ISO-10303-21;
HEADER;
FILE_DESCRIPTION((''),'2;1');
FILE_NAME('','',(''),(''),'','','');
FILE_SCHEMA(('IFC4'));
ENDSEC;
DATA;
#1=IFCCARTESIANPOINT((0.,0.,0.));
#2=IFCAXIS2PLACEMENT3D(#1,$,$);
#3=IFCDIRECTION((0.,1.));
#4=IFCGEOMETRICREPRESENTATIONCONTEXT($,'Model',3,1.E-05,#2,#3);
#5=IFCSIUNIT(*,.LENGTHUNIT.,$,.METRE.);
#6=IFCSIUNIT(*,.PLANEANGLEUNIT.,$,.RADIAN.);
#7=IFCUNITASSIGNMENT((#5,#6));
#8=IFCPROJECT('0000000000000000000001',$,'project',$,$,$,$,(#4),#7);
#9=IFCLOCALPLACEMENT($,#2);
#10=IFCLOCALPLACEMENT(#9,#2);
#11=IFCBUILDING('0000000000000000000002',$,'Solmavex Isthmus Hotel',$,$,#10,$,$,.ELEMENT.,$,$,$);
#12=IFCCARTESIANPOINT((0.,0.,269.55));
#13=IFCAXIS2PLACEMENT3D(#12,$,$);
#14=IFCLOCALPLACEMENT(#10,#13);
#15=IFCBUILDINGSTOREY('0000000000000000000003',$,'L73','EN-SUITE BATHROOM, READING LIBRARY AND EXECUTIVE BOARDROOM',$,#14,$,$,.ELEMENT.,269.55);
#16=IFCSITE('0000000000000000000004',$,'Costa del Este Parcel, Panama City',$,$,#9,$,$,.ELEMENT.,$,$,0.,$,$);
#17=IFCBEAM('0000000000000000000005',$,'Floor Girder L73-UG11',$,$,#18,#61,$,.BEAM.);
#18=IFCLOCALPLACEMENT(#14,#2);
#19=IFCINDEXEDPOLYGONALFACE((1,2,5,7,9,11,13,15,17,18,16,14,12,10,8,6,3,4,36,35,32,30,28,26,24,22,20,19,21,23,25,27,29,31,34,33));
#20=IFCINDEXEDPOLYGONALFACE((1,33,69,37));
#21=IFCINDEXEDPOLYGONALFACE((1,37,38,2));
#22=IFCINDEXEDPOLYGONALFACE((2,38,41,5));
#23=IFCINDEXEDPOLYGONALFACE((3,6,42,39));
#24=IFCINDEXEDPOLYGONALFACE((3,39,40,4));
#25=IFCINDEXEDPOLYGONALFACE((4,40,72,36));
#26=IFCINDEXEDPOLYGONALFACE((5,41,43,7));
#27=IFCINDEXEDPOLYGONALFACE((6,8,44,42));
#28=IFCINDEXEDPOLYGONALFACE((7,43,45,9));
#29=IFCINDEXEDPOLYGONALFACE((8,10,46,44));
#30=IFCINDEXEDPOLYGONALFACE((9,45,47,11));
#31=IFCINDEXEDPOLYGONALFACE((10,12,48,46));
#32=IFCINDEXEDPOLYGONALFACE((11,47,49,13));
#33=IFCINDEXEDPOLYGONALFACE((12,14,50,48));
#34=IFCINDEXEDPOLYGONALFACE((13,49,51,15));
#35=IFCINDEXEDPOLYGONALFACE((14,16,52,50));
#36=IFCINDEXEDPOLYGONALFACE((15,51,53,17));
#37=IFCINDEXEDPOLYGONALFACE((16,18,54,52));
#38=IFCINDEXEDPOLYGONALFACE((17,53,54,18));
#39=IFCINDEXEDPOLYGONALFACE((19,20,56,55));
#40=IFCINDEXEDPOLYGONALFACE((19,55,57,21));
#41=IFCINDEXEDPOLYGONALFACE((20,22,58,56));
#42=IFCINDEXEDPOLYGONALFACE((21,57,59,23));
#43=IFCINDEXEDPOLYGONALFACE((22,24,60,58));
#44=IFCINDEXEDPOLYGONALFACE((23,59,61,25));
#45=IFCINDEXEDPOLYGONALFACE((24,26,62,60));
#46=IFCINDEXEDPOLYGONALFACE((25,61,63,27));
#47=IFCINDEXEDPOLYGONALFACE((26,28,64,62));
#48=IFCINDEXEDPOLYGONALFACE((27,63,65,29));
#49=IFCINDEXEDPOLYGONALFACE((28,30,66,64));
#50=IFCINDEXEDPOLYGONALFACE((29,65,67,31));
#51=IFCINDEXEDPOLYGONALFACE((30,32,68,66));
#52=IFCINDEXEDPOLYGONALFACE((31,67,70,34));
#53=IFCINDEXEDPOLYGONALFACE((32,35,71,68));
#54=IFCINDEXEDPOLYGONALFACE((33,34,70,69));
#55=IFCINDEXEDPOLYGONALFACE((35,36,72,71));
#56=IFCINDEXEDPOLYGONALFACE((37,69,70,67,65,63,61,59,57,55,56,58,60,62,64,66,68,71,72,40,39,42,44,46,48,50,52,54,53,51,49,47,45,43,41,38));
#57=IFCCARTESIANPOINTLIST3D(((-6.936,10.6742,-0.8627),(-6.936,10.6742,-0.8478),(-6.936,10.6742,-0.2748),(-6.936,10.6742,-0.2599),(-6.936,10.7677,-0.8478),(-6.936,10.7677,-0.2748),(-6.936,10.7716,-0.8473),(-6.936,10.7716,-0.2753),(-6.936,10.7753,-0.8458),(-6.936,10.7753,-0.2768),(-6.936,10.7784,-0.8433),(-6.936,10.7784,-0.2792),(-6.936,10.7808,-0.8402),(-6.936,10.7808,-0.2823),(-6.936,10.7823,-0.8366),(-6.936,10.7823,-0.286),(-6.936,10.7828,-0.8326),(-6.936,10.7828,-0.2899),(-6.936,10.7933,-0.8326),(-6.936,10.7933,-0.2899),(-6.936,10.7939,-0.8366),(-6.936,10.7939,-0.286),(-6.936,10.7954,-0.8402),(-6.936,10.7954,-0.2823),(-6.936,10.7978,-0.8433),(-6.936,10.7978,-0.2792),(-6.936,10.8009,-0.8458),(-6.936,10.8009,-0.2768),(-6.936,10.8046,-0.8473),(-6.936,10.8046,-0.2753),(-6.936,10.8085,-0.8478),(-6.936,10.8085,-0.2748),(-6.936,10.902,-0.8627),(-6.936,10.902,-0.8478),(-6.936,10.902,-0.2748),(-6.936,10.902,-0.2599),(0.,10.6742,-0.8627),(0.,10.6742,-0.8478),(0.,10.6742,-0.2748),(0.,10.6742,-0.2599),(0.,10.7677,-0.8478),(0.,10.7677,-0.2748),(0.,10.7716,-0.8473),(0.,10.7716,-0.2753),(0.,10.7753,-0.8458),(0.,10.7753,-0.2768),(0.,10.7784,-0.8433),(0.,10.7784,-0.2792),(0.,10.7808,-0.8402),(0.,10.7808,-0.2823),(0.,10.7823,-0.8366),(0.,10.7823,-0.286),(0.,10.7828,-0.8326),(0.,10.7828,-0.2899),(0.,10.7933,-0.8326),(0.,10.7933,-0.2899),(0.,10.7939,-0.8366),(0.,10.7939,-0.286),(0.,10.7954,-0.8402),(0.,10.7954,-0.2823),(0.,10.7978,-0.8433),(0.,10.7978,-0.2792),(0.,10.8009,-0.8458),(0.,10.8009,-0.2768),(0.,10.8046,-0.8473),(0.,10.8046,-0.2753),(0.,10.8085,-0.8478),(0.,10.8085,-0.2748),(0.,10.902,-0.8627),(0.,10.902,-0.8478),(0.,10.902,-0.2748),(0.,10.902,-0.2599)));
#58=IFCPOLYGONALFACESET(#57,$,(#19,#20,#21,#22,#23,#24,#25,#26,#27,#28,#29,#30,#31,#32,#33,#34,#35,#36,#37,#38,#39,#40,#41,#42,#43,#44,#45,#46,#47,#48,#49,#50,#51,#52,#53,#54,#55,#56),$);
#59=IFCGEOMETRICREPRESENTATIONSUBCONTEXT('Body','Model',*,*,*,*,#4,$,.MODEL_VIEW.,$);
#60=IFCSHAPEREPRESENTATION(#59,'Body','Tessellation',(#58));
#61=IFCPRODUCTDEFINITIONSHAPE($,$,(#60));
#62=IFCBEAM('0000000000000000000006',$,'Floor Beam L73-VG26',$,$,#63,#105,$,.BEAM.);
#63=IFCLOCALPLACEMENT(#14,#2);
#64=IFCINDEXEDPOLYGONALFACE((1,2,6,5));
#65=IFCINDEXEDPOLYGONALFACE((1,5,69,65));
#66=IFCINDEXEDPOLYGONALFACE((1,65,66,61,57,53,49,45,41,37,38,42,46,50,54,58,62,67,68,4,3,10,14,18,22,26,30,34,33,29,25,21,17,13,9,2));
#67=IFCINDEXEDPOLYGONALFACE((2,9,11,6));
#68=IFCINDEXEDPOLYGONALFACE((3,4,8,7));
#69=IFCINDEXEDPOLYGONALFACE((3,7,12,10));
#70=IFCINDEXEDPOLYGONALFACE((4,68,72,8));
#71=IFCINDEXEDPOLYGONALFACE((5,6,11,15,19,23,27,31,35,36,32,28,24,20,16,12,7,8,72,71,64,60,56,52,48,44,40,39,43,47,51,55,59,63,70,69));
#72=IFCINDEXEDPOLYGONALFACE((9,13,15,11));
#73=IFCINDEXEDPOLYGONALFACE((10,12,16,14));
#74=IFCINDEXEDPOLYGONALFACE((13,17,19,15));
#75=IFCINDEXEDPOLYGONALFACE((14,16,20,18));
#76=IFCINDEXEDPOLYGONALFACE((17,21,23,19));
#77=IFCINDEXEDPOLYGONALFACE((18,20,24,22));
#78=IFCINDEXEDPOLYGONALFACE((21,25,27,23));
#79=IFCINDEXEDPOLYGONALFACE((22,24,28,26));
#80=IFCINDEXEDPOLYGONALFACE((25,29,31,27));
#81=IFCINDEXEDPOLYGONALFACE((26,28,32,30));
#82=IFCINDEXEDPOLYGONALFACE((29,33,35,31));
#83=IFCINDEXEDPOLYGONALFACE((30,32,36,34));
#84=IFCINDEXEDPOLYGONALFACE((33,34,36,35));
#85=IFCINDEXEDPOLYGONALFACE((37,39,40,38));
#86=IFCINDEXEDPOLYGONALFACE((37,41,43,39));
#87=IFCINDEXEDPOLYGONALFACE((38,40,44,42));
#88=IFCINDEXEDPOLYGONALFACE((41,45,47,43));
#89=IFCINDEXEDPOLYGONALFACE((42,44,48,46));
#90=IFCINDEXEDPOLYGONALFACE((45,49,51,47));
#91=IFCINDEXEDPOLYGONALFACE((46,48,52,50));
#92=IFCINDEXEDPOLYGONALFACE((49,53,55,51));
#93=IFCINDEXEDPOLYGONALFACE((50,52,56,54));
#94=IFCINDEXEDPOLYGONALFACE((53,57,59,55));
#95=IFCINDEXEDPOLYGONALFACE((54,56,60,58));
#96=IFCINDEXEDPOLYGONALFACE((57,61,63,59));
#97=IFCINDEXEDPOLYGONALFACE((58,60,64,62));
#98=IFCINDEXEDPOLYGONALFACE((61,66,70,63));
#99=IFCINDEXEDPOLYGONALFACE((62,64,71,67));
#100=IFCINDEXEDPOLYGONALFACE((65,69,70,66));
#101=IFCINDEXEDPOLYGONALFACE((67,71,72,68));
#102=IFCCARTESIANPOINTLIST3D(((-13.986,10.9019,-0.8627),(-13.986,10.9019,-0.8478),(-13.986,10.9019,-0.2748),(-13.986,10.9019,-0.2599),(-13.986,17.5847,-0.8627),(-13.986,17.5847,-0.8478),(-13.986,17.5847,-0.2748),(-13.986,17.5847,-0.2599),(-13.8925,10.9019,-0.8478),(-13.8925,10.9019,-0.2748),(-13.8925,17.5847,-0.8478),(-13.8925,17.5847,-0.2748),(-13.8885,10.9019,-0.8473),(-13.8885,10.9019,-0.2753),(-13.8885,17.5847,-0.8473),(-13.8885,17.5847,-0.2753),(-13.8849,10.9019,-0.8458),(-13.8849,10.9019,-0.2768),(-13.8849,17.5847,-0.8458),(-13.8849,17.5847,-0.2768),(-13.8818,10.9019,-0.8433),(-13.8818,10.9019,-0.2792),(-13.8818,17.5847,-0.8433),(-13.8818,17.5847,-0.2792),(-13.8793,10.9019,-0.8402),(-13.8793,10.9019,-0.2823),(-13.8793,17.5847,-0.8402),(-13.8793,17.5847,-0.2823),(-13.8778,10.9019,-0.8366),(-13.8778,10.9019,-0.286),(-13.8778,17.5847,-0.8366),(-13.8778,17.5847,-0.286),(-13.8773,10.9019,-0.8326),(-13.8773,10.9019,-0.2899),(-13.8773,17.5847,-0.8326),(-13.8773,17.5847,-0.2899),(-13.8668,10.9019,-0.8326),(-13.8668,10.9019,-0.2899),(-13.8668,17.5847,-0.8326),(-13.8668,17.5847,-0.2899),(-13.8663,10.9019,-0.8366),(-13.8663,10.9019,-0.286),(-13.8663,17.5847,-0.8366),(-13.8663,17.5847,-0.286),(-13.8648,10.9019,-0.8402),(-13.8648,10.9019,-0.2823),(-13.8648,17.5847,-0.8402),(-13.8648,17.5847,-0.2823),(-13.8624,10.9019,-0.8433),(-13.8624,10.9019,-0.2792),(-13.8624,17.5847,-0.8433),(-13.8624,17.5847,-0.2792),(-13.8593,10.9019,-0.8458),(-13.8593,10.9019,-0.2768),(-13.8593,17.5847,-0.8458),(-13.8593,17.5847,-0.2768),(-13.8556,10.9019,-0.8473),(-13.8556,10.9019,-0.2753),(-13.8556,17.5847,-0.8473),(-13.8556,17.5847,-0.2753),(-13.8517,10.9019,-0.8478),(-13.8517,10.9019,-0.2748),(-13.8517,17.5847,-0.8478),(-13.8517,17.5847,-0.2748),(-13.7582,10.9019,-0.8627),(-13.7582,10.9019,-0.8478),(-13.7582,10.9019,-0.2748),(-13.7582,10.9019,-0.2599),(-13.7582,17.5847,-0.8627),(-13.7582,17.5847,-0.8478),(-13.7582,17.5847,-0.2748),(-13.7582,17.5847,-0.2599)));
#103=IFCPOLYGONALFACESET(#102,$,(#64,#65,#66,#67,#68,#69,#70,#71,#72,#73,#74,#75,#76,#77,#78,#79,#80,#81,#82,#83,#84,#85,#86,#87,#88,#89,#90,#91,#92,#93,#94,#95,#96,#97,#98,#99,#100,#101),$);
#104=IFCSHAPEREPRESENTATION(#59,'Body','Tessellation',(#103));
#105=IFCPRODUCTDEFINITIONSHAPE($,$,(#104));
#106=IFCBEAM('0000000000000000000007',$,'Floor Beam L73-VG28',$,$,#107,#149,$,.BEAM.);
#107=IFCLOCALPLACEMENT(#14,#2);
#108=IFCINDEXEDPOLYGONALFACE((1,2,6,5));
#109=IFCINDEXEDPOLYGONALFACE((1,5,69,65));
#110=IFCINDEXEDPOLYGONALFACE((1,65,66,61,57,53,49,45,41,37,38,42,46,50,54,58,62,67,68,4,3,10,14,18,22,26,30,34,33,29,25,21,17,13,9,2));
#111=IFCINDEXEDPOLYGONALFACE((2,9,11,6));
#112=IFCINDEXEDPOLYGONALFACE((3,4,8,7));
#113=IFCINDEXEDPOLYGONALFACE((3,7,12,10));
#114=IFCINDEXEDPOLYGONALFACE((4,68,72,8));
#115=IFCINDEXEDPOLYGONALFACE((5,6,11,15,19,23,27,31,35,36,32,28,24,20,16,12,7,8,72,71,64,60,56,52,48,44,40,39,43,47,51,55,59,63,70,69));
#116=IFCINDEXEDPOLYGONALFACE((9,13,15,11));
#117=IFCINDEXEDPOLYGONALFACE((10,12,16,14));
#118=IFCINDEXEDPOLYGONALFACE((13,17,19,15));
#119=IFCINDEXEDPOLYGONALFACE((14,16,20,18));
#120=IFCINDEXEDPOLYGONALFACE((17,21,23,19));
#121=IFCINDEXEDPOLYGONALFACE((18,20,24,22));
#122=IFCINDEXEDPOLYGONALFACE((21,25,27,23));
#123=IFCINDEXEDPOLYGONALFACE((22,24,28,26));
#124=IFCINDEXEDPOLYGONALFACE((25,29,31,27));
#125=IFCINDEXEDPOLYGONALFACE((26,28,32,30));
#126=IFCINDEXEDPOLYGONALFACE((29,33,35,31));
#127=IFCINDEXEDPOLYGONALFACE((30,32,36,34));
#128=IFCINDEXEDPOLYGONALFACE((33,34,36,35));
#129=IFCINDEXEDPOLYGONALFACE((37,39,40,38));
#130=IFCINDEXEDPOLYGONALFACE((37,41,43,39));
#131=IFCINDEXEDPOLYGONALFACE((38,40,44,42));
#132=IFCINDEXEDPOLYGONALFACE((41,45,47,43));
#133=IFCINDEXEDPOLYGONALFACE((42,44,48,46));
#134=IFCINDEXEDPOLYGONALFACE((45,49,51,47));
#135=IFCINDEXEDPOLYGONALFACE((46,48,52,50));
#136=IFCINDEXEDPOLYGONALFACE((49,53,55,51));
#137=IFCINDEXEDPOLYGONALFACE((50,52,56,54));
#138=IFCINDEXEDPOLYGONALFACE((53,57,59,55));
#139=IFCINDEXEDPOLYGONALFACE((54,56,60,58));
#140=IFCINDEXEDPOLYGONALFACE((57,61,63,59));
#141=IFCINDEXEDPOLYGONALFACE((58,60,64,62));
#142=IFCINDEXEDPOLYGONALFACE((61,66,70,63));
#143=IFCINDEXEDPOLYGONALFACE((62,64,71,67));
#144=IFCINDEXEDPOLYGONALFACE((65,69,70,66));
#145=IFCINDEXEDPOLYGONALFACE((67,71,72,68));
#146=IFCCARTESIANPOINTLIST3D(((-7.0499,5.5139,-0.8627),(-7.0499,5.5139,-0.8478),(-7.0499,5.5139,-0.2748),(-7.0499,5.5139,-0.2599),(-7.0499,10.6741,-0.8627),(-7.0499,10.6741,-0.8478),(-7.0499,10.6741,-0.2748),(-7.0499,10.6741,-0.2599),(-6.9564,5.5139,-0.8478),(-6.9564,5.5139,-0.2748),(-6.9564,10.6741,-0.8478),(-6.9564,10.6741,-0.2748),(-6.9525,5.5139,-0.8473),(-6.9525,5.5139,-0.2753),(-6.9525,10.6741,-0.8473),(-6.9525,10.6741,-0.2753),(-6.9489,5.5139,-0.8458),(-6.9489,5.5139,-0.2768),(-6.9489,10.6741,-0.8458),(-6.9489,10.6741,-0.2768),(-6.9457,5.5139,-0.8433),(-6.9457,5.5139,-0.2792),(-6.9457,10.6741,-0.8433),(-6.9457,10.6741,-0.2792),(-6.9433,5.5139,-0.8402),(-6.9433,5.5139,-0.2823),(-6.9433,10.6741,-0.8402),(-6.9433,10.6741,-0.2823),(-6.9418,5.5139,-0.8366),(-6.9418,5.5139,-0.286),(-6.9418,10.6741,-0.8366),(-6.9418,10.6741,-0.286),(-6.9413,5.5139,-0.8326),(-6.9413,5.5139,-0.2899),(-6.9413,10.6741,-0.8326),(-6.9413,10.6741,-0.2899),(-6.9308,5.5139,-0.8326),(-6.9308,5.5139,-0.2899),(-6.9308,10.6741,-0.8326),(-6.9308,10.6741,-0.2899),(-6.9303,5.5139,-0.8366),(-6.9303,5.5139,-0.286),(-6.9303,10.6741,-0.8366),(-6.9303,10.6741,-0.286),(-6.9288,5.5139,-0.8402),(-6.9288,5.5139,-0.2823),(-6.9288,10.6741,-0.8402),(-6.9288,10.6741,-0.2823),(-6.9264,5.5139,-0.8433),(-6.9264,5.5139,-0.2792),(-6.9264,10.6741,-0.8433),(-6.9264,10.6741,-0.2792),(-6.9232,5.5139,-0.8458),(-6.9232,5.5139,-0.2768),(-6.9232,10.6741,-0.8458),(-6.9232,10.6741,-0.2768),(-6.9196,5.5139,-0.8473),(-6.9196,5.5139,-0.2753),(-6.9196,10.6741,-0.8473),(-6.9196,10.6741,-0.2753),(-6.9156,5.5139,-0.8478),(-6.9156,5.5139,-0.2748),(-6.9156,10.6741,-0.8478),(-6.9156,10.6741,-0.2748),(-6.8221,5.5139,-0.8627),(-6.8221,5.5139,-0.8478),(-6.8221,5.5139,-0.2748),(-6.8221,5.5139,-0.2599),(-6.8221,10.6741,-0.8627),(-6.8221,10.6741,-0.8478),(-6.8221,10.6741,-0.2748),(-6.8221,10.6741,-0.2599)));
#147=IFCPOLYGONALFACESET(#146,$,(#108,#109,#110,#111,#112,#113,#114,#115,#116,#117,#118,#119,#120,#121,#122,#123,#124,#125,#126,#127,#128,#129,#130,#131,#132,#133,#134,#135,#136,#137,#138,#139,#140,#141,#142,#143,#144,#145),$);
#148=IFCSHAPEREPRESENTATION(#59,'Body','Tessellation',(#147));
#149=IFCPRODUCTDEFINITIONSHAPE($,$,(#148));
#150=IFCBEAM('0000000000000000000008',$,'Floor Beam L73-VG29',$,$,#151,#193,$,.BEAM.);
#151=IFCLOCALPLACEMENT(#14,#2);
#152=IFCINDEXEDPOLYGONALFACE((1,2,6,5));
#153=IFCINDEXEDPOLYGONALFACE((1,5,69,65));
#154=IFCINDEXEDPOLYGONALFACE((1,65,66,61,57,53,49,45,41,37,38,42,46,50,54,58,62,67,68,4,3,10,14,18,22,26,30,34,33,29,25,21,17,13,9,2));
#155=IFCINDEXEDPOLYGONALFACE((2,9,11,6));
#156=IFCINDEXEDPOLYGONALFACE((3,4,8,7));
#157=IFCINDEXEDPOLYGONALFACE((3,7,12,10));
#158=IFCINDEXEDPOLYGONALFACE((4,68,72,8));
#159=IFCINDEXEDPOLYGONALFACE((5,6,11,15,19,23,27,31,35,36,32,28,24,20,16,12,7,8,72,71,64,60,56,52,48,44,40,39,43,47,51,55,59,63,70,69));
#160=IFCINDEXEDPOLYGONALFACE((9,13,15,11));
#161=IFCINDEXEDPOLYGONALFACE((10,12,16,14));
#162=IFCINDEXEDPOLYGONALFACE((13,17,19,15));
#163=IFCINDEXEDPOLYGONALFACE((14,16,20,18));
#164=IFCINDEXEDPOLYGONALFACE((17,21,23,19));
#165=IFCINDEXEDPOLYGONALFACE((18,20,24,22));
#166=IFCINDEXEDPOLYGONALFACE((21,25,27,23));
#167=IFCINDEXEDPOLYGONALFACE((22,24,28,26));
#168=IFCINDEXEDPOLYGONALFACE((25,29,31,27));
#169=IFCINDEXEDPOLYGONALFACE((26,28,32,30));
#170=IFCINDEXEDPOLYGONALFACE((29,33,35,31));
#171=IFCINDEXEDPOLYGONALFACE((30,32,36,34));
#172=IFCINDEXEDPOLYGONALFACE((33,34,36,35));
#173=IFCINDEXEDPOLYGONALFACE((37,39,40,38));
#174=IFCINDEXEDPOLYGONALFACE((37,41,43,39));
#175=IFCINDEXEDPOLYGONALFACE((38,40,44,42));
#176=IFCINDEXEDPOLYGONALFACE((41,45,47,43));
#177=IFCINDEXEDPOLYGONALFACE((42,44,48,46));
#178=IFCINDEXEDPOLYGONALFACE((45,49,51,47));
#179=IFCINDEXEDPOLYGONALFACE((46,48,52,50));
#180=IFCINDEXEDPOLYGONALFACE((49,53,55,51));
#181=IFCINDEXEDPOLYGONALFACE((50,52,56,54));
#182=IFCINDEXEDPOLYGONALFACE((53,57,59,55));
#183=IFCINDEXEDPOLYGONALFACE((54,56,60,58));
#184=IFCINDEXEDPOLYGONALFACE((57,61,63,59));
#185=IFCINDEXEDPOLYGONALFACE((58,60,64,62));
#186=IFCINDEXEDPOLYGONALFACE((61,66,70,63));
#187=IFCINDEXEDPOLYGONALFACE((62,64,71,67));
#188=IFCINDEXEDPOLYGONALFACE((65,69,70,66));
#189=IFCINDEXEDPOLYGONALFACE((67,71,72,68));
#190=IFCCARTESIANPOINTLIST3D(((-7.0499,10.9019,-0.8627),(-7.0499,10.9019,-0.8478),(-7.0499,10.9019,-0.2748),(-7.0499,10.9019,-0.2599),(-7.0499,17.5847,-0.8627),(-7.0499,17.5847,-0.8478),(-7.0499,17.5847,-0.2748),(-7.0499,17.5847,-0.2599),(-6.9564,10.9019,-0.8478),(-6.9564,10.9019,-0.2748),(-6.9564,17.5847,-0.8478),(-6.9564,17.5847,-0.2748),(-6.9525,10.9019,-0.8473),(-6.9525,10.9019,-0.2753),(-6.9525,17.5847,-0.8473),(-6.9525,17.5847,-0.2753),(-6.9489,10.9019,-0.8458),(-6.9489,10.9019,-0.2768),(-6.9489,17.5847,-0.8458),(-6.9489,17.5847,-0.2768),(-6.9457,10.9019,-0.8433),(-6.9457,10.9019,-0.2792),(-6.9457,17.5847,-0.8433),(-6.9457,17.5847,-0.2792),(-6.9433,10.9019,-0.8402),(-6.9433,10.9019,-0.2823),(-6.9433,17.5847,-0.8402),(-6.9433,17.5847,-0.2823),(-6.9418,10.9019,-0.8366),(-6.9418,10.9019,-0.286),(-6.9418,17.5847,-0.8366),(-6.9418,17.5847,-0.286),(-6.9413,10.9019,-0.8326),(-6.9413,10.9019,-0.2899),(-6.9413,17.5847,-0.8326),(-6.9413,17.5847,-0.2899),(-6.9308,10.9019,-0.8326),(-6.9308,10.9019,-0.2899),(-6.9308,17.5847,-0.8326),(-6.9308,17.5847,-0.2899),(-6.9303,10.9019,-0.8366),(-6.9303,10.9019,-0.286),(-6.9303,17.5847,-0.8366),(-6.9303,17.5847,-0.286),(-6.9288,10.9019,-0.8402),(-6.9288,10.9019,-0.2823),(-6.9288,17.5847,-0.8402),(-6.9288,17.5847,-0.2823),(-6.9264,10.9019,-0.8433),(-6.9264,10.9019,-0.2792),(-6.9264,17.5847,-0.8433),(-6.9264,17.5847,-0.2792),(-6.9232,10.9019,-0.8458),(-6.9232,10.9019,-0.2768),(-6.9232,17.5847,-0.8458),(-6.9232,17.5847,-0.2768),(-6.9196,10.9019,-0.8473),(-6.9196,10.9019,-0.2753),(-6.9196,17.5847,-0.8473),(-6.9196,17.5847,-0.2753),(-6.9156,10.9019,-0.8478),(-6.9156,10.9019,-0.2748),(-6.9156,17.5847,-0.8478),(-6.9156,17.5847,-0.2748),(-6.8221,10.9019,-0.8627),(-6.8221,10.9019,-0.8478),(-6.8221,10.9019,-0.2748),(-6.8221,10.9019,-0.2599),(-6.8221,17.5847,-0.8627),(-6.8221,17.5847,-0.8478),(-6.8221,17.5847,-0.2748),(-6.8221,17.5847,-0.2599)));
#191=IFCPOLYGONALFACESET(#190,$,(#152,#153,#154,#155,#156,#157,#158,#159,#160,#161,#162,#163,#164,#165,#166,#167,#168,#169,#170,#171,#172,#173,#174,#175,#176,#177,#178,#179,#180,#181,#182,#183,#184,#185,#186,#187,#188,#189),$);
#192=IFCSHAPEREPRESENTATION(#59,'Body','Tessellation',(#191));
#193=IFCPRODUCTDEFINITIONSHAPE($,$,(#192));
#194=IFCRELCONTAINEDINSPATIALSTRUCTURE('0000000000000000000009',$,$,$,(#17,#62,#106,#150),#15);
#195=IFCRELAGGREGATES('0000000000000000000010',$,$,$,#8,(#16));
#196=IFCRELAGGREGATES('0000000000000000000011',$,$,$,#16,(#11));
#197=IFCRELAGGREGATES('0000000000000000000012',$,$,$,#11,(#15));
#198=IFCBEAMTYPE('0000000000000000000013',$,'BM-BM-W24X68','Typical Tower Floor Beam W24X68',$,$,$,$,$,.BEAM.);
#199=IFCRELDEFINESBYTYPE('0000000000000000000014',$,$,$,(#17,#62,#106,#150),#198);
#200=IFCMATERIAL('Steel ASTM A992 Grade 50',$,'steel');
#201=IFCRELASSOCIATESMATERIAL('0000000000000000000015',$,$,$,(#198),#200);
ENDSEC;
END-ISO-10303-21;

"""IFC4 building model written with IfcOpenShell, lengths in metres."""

from ifc_helpers import new_model, si_unit, direction, frame, origin, origin_2d, place, context, subcontext, project, spatial, i_section, extrude, material, material_profile, profile_set, type_object, element, save


model = new_model("IFC4")

# Units and contexts
model_context = context("Model", 3, precision=1e-05, world=origin(), true_north=direction((0.0, 1.0)))
body_context = subcontext(model_context, "Body", "Model", "MODEL_VIEW")
ifc_project = project(units=[si_unit("LENGTHUNIT", "METRE"), si_unit("PLANEANGLEUNIT", "RADIAN")], contexts=[model_context])

# Site, building, storey
site_placement = place(None, origin())
site = spatial("IfcSite", under=ifc_project, at=site_placement, Name="Costa del Este Parcel, Panama City", CompositionType="ELEMENT", RefElevation=0.0)
building_placement = place(site_placement, origin())
building = spatial("IfcBuilding", under=site, at=building_placement, Name="Solmavex Isthmus Hotel", CompositionType="ELEMENT")
storey_placement = place(building_placement, frame((0.0, 0.0, 269.55)))
storey = spatial("IfcBuildingStorey", under=building, at=storey_placement, Name="L73", Description="EN-SUITE BATHROOM, READING LIBRARY AND EXECUTIVE BOARDROOM", CompositionType="ELEMENT", Elevation=269.55)

# Beams
ifc_material_1 = material(Name="Steel ASTM A992 Grade 50", Category="steel")
ifc_material_profile_1 = material_profile(ifc_material_1, i_section(OverallWidth=0.2278, OverallDepth=0.6028, WebThickness=0.0105, FlangeThickness=0.0149, FilletRadius=0.0151, at=origin_2d()), Name="W24X68")
ifc_profile_set_1 = profile_set([ifc_material_profile_1], Name="Steel ASTM A992 Grade 50")
beam_type_1 = type_object("IfcBeamType", Name="BM-BM-W24X68", Description="Typical Tower Floor Beam W24X68", PredefinedType="BEAM", material=ifc_profile_set_1)
beam_1_placement = place(storey_placement, frame((-6.936, 10.7881, -0.5613), z_axis=(1.0, 0.0, 0.0), x_axis=(0.0, 1.0, 0.0)))
element("IfcBeam", 1, at=beam_1_placement, inside=storey, type_object=beam_type_1, Name="Floor Girder L73-UG11", PredefinedType="BEAM", context=body_context, shape_type="SweptSolid", body=[
    extrude(i_section(OverallWidth=0.2278, OverallDepth=0.6028, WebThickness=0.0105, FlangeThickness=0.0149, FilletRadius=0.0151, at=origin_2d()), origin(), (0.0, 0.0, 1.0), 6.936),
])
beam_2_placement = place(storey_placement, frame((-13.8721, 10.9019, -0.5613), z_axis=(0.0, 1.0, 0.0), x_axis=(-1.0, 0.0, 0.0)))
element("IfcBeam", 2, at=beam_2_placement, inside=storey, type_object=beam_type_1, Name="Floor Beam L73-VG26", PredefinedType="BEAM", context=body_context, shape_type="SweptSolid", body=[
    extrude(i_section(OverallWidth=0.2278, OverallDepth=0.6028, WebThickness=0.0105, FlangeThickness=0.0149, FilletRadius=0.0151, at=origin_2d()), origin(), (0.0, 0.0, 1.0), 6.6829),
])
beam_3_placement = place(storey_placement, frame((-6.936, 5.5139, -0.5613), z_axis=(0.0, 1.0, 0.0), x_axis=(-1.0, 0.0, 0.0)))
element("IfcBeam", 3, at=beam_3_placement, inside=storey, type_object=beam_type_1, Name="Floor Beam L73-VG28", PredefinedType="BEAM", context=body_context, shape_type="SweptSolid", body=[
    extrude(i_section(OverallWidth=0.2278, OverallDepth=0.6028, WebThickness=0.0105, FlangeThickness=0.0149, FilletRadius=0.0151, at=origin_2d()), origin(), (0.0, 0.0, 1.0), 5.1602),
])
beam_4_placement = place(storey_placement, frame((-6.936, 10.9019, -0.5613), z_axis=(0.0, 1.0, 0.0), x_axis=(-1.0, 0.0, 0.0)))
element("IfcBeam", 4, at=beam_4_placement, inside=storey, type_object=beam_type_1, Name="Floor Beam L73-VG29", PredefinedType="BEAM", context=body_context, shape_type="SweptSolid", body=[
    extrude(i_section(OverallWidth=0.2278, OverallDepth=0.6028, WebThickness=0.0105, FlangeThickness=0.0149, FilletRadius=0.0151, at=origin_2d()), origin(), (0.0, 0.0, 1.0), 6.6829),
])

save(model, "model.ifc")
